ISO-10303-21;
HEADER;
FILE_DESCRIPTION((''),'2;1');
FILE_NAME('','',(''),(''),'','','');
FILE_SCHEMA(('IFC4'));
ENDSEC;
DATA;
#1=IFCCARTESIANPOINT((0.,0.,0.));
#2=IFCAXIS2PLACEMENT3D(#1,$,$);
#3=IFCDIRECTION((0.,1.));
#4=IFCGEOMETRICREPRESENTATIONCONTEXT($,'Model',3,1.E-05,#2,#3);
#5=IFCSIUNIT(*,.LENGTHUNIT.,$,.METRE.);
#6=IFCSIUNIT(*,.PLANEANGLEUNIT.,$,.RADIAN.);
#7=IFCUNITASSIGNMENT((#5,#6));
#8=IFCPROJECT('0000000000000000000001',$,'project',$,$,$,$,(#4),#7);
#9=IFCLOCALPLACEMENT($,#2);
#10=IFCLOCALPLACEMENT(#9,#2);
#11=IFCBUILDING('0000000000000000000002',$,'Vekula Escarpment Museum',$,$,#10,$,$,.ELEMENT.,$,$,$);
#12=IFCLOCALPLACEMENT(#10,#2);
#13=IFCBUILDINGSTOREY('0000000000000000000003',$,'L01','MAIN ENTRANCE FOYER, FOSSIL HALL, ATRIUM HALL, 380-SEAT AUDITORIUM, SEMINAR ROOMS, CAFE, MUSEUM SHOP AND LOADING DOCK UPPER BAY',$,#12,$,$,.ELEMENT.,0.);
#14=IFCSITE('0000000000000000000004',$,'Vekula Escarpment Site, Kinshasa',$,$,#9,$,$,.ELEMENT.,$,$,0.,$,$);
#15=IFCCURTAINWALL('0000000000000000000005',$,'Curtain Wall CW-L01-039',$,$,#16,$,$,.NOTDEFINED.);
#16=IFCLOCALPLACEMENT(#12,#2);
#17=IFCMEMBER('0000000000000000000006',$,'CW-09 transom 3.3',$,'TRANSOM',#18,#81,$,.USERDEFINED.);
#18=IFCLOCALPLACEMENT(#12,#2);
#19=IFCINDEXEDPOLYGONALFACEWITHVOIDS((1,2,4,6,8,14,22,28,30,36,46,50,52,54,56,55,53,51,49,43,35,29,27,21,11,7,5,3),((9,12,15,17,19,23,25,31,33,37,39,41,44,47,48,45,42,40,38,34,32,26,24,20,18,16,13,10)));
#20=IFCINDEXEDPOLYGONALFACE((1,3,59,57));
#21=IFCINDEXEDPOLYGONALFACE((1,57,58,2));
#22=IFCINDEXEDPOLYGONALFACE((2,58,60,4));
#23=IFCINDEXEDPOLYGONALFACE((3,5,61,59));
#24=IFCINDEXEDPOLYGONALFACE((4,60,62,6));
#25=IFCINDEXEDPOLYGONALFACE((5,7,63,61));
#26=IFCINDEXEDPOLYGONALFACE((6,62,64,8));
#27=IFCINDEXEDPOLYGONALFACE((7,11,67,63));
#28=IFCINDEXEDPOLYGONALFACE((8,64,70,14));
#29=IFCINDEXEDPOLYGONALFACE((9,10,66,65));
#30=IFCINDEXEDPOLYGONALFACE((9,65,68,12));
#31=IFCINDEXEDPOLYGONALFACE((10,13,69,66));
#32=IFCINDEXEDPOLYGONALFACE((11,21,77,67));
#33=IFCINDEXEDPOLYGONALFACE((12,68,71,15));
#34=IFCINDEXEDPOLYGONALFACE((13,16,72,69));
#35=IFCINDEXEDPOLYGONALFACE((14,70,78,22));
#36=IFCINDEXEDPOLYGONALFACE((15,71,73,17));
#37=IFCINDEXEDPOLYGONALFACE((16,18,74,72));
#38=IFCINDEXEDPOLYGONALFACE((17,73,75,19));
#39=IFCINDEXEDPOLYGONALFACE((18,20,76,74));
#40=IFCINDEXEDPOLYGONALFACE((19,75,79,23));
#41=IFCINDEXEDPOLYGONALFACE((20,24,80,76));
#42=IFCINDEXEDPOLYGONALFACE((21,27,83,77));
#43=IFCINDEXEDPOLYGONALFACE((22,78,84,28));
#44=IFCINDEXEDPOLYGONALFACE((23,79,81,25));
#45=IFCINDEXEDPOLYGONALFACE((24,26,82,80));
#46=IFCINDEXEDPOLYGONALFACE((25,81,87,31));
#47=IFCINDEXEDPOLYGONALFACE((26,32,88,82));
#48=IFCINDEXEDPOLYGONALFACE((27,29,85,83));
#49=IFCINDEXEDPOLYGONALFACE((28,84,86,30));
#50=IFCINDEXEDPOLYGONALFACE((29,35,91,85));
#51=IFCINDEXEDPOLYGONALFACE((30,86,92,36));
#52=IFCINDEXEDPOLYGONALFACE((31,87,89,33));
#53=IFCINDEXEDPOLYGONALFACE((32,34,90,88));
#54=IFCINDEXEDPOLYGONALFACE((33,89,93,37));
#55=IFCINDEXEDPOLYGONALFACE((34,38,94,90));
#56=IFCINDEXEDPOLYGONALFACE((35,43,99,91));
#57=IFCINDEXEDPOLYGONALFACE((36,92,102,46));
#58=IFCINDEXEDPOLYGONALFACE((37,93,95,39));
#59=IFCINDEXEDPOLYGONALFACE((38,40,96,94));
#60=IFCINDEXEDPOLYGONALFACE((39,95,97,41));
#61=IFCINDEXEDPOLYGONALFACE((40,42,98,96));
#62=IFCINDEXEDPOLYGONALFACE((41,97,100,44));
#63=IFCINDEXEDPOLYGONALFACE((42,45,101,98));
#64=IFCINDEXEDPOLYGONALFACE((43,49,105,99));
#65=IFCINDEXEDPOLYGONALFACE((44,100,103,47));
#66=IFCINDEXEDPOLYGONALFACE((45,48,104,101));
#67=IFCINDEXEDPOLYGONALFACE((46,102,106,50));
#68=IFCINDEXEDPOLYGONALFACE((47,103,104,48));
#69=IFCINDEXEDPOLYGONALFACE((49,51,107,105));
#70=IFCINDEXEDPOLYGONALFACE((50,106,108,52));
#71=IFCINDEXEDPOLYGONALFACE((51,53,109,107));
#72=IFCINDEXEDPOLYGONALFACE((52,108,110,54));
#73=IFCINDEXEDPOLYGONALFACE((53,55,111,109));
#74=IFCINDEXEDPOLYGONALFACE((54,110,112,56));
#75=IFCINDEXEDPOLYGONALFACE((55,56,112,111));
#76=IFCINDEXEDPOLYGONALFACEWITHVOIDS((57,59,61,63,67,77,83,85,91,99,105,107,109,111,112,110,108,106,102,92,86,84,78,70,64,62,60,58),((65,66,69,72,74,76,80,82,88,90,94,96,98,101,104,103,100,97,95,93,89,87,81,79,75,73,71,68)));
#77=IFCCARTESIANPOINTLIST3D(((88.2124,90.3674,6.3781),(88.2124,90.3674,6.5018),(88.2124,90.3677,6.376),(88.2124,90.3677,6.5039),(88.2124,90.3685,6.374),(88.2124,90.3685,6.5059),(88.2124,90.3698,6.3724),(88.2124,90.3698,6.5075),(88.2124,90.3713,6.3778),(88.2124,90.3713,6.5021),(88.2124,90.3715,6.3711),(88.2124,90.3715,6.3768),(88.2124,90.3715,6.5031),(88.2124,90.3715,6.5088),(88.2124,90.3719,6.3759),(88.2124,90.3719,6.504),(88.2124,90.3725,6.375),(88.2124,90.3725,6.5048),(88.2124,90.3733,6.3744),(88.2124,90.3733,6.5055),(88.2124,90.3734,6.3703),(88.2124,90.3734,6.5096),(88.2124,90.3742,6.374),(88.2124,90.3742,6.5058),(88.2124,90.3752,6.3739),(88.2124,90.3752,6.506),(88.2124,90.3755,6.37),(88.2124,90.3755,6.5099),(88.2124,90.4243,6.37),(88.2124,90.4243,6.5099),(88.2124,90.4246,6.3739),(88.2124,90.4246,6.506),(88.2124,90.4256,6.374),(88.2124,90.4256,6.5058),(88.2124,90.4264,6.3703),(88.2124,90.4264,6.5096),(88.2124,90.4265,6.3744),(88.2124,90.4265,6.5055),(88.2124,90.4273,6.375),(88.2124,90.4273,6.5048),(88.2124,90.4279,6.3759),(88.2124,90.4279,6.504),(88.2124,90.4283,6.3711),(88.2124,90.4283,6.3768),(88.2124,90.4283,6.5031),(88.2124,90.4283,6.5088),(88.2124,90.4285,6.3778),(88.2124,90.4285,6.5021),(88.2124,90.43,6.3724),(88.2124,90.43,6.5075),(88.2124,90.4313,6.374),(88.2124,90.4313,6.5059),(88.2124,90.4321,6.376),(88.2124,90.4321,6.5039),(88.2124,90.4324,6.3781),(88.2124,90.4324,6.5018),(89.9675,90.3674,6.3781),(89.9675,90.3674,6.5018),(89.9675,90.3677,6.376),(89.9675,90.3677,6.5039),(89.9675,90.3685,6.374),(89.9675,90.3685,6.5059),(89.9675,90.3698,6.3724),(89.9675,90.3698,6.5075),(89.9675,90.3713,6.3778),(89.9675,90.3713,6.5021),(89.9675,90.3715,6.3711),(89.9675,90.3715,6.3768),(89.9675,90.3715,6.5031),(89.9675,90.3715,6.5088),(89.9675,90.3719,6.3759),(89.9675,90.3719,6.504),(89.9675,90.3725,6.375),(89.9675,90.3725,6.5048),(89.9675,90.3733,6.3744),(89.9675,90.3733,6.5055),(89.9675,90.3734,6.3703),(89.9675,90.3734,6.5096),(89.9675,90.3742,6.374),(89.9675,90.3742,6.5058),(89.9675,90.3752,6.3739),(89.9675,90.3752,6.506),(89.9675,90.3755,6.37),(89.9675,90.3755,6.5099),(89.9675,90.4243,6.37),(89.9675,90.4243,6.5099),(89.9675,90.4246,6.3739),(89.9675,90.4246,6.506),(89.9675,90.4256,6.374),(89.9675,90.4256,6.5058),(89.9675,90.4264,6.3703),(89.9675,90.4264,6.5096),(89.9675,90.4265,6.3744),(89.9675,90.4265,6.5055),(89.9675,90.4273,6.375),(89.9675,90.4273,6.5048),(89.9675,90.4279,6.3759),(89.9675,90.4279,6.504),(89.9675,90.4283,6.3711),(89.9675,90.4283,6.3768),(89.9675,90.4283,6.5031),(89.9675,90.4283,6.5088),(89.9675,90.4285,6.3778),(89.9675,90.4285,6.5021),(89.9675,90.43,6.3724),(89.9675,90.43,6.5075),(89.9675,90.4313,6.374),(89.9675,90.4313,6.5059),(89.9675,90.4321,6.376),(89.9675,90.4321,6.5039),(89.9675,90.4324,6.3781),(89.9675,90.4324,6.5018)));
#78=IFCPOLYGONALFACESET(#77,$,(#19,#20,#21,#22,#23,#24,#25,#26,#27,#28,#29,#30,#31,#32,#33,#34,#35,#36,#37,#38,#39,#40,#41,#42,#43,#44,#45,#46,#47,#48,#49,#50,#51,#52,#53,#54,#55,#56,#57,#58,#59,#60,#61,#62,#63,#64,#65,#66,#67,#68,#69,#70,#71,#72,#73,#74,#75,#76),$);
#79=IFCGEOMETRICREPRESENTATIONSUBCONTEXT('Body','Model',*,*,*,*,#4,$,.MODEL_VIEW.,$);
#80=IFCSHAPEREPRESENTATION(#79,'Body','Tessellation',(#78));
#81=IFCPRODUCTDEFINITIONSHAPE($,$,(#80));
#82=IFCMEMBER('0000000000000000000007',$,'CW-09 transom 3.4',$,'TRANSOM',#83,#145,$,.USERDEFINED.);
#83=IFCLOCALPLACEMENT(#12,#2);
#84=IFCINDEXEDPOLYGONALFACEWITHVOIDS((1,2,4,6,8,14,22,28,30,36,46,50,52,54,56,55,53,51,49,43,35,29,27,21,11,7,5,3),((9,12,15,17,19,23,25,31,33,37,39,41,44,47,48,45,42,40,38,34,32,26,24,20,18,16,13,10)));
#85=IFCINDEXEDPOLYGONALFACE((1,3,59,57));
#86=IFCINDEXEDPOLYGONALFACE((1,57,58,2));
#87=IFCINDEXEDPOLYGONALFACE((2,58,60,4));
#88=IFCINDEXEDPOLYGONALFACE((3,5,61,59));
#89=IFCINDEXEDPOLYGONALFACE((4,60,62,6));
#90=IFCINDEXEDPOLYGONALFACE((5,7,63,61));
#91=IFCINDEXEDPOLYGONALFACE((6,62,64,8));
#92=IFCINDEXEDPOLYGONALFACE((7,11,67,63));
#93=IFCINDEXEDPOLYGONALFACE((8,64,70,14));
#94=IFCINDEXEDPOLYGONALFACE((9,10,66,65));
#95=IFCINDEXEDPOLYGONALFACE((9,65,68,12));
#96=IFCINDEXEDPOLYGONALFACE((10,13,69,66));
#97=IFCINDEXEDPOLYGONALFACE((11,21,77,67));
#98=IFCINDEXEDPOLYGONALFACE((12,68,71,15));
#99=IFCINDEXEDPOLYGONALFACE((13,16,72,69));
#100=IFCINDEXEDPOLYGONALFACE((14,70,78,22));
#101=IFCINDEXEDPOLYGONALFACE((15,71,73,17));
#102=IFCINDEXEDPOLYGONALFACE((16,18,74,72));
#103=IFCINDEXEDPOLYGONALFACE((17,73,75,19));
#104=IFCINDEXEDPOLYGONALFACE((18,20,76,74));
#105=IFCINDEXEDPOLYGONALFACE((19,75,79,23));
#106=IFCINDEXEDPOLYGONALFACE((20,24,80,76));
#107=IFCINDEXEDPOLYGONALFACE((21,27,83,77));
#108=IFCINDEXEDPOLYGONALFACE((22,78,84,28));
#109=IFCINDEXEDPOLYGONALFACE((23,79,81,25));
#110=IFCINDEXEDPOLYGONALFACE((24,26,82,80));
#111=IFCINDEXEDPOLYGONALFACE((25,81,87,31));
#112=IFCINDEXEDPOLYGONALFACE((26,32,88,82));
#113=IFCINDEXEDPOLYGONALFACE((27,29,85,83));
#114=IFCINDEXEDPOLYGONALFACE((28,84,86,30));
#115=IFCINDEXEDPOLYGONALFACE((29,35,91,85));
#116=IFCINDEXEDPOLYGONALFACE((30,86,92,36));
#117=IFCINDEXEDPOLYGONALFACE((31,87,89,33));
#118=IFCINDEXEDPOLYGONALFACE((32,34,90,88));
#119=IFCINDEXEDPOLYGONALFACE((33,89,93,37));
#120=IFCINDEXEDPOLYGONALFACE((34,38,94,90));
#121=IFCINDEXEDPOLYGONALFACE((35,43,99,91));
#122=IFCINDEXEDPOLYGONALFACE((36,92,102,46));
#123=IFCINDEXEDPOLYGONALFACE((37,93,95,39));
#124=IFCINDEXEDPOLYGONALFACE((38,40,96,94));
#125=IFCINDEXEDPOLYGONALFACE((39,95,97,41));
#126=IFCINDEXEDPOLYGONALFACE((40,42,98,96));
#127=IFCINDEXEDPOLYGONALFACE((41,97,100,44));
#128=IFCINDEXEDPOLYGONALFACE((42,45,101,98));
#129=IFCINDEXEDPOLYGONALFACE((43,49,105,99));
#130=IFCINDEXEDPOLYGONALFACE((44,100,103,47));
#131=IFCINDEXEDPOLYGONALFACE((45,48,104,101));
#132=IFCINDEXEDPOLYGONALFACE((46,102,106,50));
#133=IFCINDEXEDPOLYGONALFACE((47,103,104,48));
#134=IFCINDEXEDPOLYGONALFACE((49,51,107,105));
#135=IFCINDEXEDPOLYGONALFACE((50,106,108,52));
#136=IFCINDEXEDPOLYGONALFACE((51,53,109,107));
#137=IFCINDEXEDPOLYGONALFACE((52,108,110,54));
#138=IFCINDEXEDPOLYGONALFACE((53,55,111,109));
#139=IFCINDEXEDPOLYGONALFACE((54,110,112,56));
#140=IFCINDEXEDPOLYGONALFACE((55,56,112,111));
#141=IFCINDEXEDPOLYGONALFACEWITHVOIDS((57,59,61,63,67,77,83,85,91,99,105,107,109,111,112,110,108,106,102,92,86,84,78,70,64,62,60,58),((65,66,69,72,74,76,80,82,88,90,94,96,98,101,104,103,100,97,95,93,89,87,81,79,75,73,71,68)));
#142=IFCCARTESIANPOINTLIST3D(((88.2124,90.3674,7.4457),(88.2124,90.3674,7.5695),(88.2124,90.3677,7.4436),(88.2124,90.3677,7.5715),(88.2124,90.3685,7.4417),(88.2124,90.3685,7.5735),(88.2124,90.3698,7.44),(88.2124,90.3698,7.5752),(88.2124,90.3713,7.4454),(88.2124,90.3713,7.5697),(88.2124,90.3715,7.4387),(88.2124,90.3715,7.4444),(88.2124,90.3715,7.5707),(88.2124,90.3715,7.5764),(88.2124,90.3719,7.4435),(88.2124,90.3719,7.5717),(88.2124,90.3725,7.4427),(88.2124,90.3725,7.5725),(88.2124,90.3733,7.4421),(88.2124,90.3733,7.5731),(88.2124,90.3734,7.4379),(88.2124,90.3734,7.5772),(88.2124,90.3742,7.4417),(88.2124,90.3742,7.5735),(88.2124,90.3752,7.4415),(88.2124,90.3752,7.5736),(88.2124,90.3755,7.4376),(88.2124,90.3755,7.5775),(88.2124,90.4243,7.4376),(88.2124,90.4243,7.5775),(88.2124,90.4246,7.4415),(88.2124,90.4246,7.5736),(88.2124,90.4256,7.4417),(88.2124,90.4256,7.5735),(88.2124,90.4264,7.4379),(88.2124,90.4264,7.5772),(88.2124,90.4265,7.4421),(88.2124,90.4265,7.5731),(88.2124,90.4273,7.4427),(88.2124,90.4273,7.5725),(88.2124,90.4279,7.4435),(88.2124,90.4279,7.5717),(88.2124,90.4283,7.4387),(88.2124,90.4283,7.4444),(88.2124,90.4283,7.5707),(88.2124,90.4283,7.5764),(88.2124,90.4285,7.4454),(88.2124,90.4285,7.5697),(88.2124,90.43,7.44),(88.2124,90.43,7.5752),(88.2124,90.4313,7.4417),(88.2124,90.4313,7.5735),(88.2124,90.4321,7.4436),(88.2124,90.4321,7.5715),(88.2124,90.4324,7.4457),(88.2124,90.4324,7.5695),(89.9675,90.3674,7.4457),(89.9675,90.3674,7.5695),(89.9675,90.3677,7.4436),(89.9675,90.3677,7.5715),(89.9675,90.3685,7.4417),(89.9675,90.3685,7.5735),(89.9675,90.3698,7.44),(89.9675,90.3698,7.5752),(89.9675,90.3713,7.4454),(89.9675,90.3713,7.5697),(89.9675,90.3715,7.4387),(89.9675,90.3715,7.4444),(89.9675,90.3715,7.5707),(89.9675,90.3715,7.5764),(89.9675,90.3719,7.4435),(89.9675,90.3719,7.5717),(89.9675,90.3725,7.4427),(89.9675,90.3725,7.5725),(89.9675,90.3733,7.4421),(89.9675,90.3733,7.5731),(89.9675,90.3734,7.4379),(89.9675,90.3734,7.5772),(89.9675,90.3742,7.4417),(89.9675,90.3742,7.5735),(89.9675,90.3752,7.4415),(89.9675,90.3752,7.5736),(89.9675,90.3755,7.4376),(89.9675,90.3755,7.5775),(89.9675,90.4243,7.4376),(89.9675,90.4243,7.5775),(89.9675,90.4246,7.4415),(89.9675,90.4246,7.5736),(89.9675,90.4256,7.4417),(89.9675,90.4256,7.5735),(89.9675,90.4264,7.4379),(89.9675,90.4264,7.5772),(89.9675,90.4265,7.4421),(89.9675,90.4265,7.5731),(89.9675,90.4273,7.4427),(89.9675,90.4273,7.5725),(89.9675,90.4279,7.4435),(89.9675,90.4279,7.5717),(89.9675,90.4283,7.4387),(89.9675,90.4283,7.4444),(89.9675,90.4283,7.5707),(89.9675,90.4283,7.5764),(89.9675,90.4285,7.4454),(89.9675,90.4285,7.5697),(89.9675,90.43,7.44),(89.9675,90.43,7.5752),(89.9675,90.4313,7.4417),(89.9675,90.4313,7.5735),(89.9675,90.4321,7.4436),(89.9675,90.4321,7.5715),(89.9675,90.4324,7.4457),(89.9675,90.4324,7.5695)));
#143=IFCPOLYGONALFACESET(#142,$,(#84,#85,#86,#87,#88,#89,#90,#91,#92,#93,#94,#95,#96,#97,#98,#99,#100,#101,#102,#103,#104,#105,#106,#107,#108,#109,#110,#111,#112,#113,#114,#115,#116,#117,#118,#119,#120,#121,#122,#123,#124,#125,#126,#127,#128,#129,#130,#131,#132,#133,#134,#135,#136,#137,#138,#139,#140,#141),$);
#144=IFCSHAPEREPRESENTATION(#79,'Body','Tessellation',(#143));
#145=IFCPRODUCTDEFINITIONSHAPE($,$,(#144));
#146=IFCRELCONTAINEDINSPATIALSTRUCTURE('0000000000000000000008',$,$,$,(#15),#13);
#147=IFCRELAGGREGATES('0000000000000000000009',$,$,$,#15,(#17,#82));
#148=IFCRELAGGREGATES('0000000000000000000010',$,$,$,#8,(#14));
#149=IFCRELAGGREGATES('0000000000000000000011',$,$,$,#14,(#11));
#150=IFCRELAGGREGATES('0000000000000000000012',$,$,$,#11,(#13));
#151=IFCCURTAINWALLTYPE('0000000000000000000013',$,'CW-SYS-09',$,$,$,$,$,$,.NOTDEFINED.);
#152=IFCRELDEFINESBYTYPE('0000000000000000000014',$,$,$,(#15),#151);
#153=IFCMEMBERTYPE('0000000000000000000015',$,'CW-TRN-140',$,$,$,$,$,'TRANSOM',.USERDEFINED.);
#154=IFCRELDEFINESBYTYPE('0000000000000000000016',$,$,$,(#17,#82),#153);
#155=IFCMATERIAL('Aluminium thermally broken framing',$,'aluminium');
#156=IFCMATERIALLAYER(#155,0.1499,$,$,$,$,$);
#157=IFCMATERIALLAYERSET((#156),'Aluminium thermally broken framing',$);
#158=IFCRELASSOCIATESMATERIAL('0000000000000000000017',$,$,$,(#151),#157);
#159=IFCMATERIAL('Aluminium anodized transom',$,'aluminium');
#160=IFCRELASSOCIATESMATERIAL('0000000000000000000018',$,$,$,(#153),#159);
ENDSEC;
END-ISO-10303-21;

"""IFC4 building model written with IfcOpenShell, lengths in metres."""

from ifc_helpers import new_model, si_unit, direction, frame, origin, origin_2d, place, context, subcontext, project, spatial, hollow_rectangle, extrude, material, layer, layer_set, material_profile, profile_set, type_object, element, aggregate, save


model = new_model("IFC4")

# Units and contexts
model_context = context("Model", 3, precision=1e-05, world=origin(), true_north=direction((0.0, 1.0)))
body_context = subcontext(model_context, "Body", "Model", "MODEL_VIEW")
ifc_project = project(units=[si_unit("LENGTHUNIT", "METRE"), si_unit("PLANEANGLEUNIT", "RADIAN")], contexts=[model_context])

# Site, building, storey
site_placement = place(None, origin())
site = spatial("IfcSite", under=ifc_project, at=site_placement, Name="Vekula Escarpment Site, Kinshasa", CompositionType="ELEMENT", RefElevation=0.0)
building_placement = place(site_placement, origin())
building = spatial("IfcBuilding", under=site, at=building_placement, Name="Vekula Escarpment Museum", CompositionType="ELEMENT")
storey_placement = place(building_placement, origin())
storey = spatial("IfcBuildingStorey", under=building, at=storey_placement, Name="L01", Description="MAIN ENTRANCE FOYER, FOSSIL HALL, ATRIUM HALL, 380-SEAT AUDITORIUM, SEMINAR ROOMS, CAFE, MUSEUM SHOP AND LOADING DOCK UPPER BAY", CompositionType="ELEMENT", Elevation=0.0)

# Curtain wall, members
ifc_material_1 = material(Name="Aluminium thermally broken framing", Category="aluminium")
ifc_layer_1 = layer(ifc_material_1, 0.1499)
ifc_layer_set_1 = layer_set([ifc_layer_1], Name="Aluminium thermally broken framing")
curtain_wall_type_1 = type_object("IfcCurtainWallType", Name="CW-SYS-09", PredefinedType="NOTDEFINED", material=ifc_layer_set_1)
curtain_wall_1_placement = place(storey_placement, origin())
curtain_wall_1 = element("IfcCurtainWall", 1, at=curtain_wall_1_placement, inside=storey, type_object=curtain_wall_type_1, Name="Curtain Wall CW-L01-039", PredefinedType="NOTDEFINED")
ifc_material_2 = material(Name="Aluminium anodized transom", Category="aluminium")
ifc_material_profile_1 = material_profile(ifc_material_2, hollow_rectangle(XDim=0.0649, YDim=0.1399, WallThickness=0.0039, InnerFilletRadius=0.0039, OuterFilletRadius=0.0081, at=origin_2d()), Name="ALU 140x65x4")
ifc_profile_set_1 = profile_set([ifc_material_profile_1], Name="Aluminium anodized transom")
member_type_1 = type_object("IfcMemberType", Name="CW-TRN-140", ElementType="TRANSOM", PredefinedType="USERDEFINED", material=ifc_profile_set_1)
member_1_placement = place(storey_placement, frame((89.9675, 90.3999, 6.4399), z_axis=(-1.0, 0.0, 0.0), x_axis=(0.0, -1.0, 0.0)))
member_1 = element("IfcMember", 2, at=member_1_placement, type_object=member_type_1, Name="CW-09 transom 3.3", ObjectType="TRANSOM", PredefinedType="USERDEFINED", context=body_context, shape_type="SweptSolid", body=[
    extrude(hollow_rectangle(XDim=0.0649, YDim=0.1399, WallThickness=0.0039, InnerFilletRadius=0.0039, OuterFilletRadius=0.0081, at=origin_2d()), origin(), (0.0, 0.0, 1.0), 1.7551),
])
member_2_placement = place(storey_placement, frame((89.9675, 90.3999, 7.5076), z_axis=(-1.0, 0.0, 0.0), x_axis=(0.0, -1.0, 0.0)))
member_2 = element("IfcMember", 3, at=member_2_placement, type_object=member_type_1, Name="CW-09 transom 3.4", ObjectType="TRANSOM", PredefinedType="USERDEFINED", context=body_context, shape_type="SweptSolid", body=[
    extrude(hollow_rectangle(XDim=0.0649, YDim=0.1399, WallThickness=0.0039, InnerFilletRadius=0.0039, OuterFilletRadius=0.0081, at=origin_2d()), origin(), (0.0, 0.0, 1.0), 1.7551),
])

aggregate(curtain_wall_1, [member_1, member_2])

save(model, "model.ifc")
